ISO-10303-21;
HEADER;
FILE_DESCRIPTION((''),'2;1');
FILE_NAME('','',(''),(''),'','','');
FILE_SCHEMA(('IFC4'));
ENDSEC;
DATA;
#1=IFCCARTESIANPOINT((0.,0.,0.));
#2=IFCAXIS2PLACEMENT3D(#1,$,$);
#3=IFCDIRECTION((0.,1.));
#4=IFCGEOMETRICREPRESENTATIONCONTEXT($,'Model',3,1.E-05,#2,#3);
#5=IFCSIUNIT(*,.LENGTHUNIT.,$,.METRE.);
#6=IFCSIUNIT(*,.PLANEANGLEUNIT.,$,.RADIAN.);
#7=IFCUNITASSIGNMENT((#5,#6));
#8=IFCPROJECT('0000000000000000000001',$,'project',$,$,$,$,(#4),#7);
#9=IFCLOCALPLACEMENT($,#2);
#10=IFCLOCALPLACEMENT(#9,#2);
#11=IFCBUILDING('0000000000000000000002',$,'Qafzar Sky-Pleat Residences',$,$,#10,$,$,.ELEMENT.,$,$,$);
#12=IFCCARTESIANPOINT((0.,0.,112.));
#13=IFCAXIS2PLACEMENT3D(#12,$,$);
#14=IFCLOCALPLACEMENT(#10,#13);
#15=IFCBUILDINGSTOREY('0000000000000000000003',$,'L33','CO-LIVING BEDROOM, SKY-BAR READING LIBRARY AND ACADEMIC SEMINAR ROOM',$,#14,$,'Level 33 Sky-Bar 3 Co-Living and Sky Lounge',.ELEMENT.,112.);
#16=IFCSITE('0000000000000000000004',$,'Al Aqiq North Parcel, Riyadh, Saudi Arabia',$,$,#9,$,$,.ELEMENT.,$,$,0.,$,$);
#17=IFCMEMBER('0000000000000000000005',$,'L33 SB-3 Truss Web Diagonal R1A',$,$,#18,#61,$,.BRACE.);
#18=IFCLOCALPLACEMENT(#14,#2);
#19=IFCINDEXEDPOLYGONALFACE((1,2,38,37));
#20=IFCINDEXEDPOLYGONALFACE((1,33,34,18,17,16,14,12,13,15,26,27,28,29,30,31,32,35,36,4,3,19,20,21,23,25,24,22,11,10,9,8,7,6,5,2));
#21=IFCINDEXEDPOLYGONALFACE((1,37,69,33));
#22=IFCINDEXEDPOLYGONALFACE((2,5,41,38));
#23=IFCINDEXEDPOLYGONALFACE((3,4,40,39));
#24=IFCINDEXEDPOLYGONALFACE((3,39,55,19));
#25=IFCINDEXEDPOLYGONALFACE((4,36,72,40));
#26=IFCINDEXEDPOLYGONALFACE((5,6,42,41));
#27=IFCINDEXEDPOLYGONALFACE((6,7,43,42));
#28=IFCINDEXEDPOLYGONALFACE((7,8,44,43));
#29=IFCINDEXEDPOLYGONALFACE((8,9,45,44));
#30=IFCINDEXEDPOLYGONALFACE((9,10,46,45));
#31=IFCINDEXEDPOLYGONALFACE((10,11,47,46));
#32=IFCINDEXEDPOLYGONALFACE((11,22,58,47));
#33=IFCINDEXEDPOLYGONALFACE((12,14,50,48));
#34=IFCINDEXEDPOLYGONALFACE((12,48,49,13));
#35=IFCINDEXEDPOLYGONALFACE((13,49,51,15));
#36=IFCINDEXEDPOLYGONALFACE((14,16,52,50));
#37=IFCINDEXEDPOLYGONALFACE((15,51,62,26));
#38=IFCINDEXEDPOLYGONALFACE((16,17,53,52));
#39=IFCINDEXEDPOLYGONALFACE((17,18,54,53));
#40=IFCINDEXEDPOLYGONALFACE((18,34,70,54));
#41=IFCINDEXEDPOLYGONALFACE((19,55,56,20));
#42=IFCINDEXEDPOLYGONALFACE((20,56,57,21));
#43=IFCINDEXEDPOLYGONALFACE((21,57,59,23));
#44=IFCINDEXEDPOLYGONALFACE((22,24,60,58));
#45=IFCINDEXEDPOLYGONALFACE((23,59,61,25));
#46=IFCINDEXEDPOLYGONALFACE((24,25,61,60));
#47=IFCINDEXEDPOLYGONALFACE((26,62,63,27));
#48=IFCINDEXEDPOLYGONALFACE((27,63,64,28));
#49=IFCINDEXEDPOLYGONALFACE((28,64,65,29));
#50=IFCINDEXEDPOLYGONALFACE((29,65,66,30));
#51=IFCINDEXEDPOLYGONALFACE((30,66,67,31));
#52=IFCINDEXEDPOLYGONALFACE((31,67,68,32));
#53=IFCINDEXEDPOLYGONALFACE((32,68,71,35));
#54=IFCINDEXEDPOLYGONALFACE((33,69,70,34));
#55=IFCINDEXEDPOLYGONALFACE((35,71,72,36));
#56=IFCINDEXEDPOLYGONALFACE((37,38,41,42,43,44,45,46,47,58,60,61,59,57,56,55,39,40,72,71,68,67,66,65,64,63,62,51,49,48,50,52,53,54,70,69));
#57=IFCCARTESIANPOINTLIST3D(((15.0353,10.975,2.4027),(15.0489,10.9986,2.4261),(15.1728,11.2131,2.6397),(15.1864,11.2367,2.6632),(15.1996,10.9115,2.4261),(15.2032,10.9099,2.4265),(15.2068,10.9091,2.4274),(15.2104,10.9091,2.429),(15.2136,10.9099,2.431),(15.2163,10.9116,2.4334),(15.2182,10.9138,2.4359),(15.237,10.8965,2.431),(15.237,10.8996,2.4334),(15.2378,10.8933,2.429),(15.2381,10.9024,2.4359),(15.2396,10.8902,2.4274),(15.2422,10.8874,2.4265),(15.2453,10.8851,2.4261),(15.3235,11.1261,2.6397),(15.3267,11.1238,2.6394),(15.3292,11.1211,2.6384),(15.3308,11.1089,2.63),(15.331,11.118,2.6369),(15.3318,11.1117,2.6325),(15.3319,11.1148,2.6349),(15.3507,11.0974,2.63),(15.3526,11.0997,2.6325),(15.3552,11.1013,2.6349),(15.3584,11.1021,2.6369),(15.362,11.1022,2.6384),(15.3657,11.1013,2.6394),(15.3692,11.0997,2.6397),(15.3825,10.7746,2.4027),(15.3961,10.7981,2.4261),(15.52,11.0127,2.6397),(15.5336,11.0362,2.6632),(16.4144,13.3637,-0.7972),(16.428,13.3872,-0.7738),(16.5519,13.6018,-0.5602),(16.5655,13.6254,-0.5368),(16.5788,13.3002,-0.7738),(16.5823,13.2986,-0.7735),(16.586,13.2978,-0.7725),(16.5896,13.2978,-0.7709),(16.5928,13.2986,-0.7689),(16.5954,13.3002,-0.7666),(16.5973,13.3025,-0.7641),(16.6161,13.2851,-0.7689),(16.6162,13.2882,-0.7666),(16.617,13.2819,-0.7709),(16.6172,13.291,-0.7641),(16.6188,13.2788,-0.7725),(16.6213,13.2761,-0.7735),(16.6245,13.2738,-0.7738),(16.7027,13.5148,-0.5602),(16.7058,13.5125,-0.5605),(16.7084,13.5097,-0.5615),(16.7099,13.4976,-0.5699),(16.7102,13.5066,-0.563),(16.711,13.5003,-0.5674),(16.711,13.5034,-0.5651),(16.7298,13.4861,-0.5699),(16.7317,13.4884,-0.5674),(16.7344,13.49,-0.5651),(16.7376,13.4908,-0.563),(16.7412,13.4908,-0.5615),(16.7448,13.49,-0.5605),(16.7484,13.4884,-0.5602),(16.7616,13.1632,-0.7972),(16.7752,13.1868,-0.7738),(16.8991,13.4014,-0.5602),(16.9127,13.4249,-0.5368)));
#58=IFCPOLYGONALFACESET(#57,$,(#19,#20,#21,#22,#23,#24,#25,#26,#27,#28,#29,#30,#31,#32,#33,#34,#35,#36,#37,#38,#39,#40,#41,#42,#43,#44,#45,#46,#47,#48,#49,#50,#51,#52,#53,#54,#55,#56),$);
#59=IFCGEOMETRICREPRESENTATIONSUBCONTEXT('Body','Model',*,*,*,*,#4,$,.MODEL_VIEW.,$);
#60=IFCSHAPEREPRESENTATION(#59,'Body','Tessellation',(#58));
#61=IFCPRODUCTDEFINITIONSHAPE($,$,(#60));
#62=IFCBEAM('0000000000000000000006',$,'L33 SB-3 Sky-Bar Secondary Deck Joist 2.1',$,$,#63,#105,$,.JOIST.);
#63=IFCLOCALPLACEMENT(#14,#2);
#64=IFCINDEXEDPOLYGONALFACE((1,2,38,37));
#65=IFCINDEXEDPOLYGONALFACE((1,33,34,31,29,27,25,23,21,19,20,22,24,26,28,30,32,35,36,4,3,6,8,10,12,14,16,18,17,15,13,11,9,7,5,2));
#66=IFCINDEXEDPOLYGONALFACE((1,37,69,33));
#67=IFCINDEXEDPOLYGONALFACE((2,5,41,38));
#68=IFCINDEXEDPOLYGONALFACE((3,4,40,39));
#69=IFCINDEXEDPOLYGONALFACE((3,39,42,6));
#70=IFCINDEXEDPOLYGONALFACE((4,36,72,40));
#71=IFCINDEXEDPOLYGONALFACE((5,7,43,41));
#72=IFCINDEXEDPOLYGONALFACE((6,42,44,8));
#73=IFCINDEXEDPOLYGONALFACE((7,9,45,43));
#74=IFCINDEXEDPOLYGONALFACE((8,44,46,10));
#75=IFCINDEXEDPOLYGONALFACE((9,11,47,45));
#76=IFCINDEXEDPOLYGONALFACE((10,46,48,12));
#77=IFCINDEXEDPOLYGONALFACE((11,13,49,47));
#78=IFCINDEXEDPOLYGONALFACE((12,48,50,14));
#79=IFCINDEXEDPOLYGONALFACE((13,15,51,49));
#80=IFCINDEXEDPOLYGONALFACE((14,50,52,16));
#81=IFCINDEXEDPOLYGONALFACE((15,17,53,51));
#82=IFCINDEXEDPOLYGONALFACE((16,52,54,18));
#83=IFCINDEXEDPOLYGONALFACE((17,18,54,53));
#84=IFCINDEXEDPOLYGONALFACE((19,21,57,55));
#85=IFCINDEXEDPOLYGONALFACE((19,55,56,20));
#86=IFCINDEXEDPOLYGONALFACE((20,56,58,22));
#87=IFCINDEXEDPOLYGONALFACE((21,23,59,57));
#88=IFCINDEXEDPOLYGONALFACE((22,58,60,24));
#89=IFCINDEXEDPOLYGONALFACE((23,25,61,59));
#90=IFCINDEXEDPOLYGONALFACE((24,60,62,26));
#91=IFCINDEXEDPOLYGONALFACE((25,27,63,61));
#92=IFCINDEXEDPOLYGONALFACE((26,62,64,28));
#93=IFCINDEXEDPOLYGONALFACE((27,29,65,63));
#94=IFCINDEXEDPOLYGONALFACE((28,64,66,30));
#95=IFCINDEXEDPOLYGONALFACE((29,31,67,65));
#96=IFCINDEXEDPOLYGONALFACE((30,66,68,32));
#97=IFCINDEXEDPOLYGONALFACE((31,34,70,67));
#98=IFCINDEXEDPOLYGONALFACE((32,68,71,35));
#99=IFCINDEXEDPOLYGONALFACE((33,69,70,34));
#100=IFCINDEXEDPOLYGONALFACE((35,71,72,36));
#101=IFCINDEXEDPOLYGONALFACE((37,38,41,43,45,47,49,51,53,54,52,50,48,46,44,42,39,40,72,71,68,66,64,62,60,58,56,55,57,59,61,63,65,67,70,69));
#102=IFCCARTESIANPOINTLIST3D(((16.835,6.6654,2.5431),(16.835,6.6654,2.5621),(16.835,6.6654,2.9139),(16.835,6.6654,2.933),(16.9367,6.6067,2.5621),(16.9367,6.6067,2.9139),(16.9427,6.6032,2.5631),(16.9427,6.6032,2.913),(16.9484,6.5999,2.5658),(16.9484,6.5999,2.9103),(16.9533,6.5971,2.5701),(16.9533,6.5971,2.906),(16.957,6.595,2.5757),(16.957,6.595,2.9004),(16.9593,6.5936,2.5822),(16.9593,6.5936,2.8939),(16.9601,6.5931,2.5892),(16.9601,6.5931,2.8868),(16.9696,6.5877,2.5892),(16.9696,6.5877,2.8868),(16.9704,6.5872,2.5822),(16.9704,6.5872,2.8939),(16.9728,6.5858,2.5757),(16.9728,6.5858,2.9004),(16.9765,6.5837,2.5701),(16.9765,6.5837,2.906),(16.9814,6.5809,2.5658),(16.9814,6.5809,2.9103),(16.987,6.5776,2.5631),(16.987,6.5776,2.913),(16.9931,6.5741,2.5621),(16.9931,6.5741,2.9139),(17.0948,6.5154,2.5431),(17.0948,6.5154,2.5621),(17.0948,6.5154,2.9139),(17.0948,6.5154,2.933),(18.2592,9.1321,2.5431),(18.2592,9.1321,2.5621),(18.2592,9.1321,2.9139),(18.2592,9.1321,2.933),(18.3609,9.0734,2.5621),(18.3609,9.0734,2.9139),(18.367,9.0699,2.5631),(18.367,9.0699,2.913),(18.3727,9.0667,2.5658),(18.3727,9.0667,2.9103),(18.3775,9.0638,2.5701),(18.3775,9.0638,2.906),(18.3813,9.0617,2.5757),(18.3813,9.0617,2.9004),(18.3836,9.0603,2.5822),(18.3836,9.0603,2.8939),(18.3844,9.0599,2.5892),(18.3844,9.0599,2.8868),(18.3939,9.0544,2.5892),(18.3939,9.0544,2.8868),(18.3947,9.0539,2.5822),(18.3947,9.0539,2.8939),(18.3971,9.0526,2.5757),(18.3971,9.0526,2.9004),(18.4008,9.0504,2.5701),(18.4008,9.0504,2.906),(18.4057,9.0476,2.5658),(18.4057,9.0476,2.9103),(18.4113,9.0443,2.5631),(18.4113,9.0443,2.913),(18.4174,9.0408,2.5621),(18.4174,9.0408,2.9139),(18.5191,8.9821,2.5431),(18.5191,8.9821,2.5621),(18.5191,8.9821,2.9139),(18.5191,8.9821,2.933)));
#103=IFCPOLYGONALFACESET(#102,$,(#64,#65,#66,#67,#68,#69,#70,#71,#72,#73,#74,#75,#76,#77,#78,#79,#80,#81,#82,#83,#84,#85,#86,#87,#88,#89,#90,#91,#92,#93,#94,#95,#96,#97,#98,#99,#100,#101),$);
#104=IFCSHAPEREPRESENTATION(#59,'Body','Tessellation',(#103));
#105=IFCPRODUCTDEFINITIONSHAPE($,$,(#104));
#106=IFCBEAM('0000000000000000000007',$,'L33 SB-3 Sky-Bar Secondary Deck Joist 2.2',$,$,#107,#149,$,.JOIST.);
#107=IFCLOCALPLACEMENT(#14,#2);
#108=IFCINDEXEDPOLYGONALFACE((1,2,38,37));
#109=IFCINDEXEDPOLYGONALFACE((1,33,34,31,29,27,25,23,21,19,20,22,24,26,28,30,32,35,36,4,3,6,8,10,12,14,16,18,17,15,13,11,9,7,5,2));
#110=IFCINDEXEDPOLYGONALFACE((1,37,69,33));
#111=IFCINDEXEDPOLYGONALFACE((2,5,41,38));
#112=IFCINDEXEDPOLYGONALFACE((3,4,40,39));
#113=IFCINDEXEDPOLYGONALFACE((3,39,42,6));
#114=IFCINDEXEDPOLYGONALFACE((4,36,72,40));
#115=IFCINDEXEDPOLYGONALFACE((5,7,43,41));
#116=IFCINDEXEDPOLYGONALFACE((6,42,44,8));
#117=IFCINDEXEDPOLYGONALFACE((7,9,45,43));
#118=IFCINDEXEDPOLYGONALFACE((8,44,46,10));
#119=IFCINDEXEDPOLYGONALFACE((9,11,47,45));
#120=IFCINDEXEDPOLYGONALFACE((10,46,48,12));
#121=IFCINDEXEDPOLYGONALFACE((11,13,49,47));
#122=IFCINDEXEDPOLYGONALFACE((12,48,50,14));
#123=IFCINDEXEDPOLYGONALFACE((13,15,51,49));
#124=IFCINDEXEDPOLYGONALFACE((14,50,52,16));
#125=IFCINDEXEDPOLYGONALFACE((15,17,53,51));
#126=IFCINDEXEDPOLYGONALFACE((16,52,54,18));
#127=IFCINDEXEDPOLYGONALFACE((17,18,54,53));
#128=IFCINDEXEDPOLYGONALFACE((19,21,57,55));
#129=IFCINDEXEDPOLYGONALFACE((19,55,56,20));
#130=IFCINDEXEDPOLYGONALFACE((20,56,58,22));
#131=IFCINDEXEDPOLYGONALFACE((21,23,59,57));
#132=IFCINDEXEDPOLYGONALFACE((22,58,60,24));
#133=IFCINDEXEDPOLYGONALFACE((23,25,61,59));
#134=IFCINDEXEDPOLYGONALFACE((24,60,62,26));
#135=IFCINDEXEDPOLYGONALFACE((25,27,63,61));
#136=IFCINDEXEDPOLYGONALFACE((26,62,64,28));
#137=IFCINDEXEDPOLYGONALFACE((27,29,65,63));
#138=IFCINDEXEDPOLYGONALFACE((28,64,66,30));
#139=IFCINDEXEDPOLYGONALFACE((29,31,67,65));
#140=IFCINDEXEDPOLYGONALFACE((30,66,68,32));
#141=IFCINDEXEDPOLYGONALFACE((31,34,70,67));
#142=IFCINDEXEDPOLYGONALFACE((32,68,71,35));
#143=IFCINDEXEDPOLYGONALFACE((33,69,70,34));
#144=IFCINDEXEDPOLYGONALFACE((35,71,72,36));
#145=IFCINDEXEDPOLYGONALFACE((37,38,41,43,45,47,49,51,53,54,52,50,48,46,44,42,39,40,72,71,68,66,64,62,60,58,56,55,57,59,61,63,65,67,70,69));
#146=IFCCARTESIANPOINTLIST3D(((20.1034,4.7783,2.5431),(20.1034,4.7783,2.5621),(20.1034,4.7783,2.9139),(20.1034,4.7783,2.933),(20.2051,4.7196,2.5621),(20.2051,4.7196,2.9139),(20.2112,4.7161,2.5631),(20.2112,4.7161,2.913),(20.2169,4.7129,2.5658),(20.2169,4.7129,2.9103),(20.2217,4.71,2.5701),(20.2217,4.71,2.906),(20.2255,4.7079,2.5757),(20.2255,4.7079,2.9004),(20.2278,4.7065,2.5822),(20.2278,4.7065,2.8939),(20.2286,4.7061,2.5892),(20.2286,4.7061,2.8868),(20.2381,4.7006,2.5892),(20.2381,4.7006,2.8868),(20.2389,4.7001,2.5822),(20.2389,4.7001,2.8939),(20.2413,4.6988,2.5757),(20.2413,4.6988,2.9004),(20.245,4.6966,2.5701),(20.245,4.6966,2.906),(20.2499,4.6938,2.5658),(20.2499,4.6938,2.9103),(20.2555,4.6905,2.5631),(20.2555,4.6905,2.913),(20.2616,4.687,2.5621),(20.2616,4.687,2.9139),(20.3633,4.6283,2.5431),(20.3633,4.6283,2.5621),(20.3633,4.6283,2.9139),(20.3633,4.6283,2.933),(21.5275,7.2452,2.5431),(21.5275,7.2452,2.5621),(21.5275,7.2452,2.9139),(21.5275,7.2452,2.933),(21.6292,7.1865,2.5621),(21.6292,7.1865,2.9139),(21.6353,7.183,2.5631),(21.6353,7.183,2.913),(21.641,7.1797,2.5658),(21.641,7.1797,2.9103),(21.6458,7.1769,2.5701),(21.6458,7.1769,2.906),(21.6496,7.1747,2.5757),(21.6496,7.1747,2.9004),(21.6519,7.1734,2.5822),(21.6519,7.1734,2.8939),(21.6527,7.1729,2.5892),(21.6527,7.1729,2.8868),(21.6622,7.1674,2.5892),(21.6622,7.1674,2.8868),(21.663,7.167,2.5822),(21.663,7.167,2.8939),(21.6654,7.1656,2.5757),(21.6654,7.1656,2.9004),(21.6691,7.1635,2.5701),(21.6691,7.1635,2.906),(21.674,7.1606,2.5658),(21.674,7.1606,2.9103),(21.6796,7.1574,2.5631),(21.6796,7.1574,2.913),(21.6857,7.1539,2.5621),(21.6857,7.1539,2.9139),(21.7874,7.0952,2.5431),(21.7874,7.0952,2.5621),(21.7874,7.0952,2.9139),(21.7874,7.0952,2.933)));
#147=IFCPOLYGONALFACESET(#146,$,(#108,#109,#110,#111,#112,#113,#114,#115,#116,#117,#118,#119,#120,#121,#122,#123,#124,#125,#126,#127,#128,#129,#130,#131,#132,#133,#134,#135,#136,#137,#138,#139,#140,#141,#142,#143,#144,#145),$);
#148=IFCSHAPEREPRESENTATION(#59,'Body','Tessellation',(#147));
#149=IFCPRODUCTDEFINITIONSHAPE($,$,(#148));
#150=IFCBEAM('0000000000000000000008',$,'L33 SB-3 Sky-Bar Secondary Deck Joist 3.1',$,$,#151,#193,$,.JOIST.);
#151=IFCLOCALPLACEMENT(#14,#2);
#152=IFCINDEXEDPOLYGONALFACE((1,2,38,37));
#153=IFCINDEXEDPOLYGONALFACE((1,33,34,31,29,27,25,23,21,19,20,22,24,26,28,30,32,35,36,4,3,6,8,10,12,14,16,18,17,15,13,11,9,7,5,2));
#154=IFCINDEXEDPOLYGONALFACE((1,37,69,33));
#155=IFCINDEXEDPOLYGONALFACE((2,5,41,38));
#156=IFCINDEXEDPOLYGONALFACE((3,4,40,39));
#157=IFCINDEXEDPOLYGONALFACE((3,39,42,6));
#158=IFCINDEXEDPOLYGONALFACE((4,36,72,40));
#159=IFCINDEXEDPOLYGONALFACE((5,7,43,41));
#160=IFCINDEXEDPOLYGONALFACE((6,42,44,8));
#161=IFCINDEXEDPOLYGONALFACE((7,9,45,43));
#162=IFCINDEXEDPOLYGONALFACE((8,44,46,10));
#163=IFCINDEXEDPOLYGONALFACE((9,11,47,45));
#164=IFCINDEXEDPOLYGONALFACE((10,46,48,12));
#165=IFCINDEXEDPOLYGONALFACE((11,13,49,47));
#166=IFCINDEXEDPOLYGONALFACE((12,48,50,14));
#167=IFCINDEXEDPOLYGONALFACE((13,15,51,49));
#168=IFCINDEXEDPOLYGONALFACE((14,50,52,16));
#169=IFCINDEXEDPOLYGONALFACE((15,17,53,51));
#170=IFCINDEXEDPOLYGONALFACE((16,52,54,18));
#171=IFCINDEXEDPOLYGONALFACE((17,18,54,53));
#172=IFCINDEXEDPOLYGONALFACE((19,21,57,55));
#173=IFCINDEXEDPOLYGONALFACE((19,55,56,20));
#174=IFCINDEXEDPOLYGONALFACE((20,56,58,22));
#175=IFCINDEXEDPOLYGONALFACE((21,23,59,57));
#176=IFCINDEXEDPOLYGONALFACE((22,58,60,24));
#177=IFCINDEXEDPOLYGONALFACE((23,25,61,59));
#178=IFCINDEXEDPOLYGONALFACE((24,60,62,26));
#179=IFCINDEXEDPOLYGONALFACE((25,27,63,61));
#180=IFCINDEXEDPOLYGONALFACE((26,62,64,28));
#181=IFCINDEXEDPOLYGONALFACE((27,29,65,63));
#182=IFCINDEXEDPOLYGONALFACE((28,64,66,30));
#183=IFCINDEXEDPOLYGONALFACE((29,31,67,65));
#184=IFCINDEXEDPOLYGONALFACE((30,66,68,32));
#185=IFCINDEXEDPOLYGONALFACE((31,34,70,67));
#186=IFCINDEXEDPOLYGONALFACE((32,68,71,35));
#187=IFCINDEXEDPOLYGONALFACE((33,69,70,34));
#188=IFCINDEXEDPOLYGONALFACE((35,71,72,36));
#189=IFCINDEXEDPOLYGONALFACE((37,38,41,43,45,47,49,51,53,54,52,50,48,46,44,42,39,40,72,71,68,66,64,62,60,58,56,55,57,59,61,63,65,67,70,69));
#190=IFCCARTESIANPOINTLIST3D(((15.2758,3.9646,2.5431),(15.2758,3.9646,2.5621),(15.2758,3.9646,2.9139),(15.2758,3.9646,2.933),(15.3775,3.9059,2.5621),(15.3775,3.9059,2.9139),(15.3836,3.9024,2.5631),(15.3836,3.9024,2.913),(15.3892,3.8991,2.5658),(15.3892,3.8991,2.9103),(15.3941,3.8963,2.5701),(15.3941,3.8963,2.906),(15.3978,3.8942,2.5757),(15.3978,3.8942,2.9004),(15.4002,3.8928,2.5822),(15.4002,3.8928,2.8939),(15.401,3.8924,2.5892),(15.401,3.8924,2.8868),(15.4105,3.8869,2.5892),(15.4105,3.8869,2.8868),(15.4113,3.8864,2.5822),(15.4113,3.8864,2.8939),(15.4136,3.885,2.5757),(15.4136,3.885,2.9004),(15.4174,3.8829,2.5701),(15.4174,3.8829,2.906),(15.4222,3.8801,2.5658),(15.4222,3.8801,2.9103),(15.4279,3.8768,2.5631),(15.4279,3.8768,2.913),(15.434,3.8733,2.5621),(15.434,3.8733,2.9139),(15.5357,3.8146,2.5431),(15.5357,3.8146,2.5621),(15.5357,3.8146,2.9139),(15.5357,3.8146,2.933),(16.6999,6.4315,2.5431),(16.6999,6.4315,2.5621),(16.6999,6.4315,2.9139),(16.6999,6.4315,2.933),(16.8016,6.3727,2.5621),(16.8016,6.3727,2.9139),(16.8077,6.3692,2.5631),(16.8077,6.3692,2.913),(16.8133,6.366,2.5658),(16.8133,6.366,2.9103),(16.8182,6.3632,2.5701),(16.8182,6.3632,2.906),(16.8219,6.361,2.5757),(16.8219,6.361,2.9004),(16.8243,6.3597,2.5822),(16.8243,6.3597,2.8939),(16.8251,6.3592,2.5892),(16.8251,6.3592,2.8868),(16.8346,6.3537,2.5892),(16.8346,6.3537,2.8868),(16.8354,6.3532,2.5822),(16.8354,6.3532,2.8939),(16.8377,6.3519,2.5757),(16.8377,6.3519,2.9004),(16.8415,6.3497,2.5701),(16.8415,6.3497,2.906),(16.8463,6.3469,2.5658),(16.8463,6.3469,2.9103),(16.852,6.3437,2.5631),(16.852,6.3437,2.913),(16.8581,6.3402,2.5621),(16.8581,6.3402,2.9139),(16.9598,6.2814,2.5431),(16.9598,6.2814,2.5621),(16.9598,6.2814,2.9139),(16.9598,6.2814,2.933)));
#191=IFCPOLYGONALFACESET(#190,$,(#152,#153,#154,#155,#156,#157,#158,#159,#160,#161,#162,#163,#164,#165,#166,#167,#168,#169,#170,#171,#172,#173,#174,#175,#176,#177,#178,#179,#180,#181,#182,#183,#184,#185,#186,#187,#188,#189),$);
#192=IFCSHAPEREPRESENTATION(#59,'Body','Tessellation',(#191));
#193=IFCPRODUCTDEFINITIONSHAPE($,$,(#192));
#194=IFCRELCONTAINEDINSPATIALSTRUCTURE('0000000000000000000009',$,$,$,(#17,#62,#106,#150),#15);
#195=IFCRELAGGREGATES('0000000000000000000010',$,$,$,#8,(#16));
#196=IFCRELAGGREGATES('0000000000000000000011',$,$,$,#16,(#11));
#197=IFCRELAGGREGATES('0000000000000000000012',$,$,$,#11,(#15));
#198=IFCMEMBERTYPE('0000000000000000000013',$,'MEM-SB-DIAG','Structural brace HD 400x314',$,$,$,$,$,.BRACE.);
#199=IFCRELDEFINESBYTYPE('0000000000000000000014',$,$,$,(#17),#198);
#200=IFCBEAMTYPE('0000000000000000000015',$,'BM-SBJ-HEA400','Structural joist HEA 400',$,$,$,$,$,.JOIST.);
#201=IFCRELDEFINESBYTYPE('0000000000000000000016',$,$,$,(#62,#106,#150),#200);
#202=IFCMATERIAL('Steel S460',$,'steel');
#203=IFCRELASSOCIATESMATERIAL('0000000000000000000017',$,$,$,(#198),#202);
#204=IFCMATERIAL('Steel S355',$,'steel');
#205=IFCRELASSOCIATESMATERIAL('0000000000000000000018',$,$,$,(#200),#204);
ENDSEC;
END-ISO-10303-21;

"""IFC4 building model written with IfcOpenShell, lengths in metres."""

from ifc_helpers import new_model, si_unit, direction, frame, origin, origin_2d, place, context, subcontext, project, spatial, i_section, extrude, source, transform, mapped, material, material_profile, profile_set, type_object, element, save


model = new_model("IFC4")

# Units and contexts
model_context = context("Model", 3, precision=1e-05, world=origin(), true_north=direction((0.0, 1.0)))
body_context = subcontext(model_context, "Body", "Model", "MODEL_VIEW")
ifc_project = project(units=[si_unit("LENGTHUNIT", "METRE"), si_unit("PLANEANGLEUNIT", "RADIAN")], contexts=[model_context])

# Site, building, storey
site_placement = place(None, origin())
site = spatial("IfcSite", under=ifc_project, at=site_placement, Name="Al Aqiq North Parcel, Riyadh, Saudi Arabia", CompositionType="ELEMENT", RefElevation=0.0)
building_placement = place(site_placement, origin())
building = spatial("IfcBuilding", under=site, at=building_placement, Name="Qafzar Sky-Pleat Residences", CompositionType="ELEMENT")
storey_placement = place(building_placement, frame((0.0, 0.0, 112.0)))
storey = spatial("IfcBuildingStorey", under=building, at=storey_placement, Name="L33", Description="CO-LIVING BEDROOM, SKY-BAR READING LIBRARY AND ACADEMIC SEMINAR ROOM", LongName="Level 33 Sky-Bar 3 Co-Living and Sky Lounge", CompositionType="ELEMENT", Elevation=112.0)

# Shared definitions
ifc_material_1 = material(Name="Steel S460", Category="steel")

# Shared definitions
ifc_material_2 = material(Name="Steel S355", Category="steel")

# Member
ifc_material_profile_1 = material_profile(ifc_material_1, i_section(OverallWidth=0.4009, OverallDepth=0.3989, WebThickness=0.0229, FlangeThickness=0.0359, FilletRadius=0.0149, at=origin_2d()), Name="HD 400x314")
ifc_profile_set_1 = profile_set([ifc_material_profile_1], Name="Steel S460")
member_type = type_object("IfcMemberType", Name="MEM-SB-DIAG", Description="Structural brace HD 400x314", PredefinedType="BRACE", material=ifc_profile_set_1)
shared_shape_1 = source(origin(), body_context, "Body", "SweptSolid", [
    extrude(i_section(OverallWidth=0.4009, OverallDepth=0.3989, WebThickness=0.0229, FlangeThickness=0.0359, FilletRadius=0.0149, at=origin_2d()), origin(), (0.0, 0.0, 1.0), 4.2246),
])
member_placement = place(storey_placement, frame((16.6636, 13.3943, -0.667), z_axis=(-0.326455, -0.565416, 0.757451), x_axis=(0.866018, -0.500014, 0.0)))
element("IfcMember", 1, at=member_placement, inside=storey, type_object=member_type, Name="L33 SB-3 Truss Web Diagonal R1A", PredefinedType="BRACE", context=body_context, shape_type="MappedRepresentation", body=[
    mapped(shared_shape_1, transform((0.0, 0.0, 0.0), x_axis=(1.0, 0.0, 0.0), y_axis=(0.0, 1.0, 0.0), z_axis=(0.0, 0.0, 1.0), scale=1.0)),
])

# Beams
ifc_material_profile_2 = material_profile(ifc_material_2, i_section(OverallWidth=0.3, OverallDepth=0.3899, WebThickness=0.011, FlangeThickness=0.019, FilletRadius=0.0271, at=origin_2d()), Name="HEA 400")
ifc_profile_set_2 = profile_set([ifc_material_profile_2], Name="Steel S355")
beam_type_1 = type_object("IfcBeamType", Name="BM-SBJ-HEA400", Description="Structural joist HEA 400", PredefinedType="JOIST", material=ifc_profile_set_2)
shared_shape_2 = source(origin(), body_context, "Body", "SweptSolid", [
    extrude(i_section(OverallWidth=0.3, OverallDepth=0.3899, WebThickness=0.011, FlangeThickness=0.019, FilletRadius=0.0271, at=origin_2d()), origin(), (0.0, 0.0, 1.0), 2.8484),
])
for number, where, z_axis, x_axis, name in (
    (2, (18.3892, 9.0571, 2.738), (-0.500029, -0.866009, 0.0), (0.866009, -0.500029, 0.0), "L33 SB-3 Sky-Bar Secondary Deck Joist 2.1"),
    (3, (21.6575, 7.1702, 2.738), (-0.499965, -0.866046, 0.0), (0.866046, -0.499965, 0.0), "L33 SB-3 Sky-Bar Secondary Deck Joist 2.2"),
    (4, (16.8298, 6.3564, 2.738), (-0.499965, -0.866046, 0.0), (0.866046, -0.499965, 0.0), "L33 SB-3 Sky-Bar Secondary Deck Joist 3.1"),
):
    element("IfcBeam", number, at=place(storey_placement, frame(where, z_axis=z_axis, x_axis=x_axis)), inside=storey, type_object=beam_type_1, Name=name, PredefinedType="JOIST", context=body_context, shape_type="MappedRepresentation", body=[
        mapped(shared_shape_2, transform((0.0, 0.0, 0.0), x_axis=(1.0, 0.0, 0.0), y_axis=(0.0, 1.0, 0.0), z_axis=(0.0, 0.0, 1.0), scale=1.0)),
    ])

save(model, "model.ifc")
